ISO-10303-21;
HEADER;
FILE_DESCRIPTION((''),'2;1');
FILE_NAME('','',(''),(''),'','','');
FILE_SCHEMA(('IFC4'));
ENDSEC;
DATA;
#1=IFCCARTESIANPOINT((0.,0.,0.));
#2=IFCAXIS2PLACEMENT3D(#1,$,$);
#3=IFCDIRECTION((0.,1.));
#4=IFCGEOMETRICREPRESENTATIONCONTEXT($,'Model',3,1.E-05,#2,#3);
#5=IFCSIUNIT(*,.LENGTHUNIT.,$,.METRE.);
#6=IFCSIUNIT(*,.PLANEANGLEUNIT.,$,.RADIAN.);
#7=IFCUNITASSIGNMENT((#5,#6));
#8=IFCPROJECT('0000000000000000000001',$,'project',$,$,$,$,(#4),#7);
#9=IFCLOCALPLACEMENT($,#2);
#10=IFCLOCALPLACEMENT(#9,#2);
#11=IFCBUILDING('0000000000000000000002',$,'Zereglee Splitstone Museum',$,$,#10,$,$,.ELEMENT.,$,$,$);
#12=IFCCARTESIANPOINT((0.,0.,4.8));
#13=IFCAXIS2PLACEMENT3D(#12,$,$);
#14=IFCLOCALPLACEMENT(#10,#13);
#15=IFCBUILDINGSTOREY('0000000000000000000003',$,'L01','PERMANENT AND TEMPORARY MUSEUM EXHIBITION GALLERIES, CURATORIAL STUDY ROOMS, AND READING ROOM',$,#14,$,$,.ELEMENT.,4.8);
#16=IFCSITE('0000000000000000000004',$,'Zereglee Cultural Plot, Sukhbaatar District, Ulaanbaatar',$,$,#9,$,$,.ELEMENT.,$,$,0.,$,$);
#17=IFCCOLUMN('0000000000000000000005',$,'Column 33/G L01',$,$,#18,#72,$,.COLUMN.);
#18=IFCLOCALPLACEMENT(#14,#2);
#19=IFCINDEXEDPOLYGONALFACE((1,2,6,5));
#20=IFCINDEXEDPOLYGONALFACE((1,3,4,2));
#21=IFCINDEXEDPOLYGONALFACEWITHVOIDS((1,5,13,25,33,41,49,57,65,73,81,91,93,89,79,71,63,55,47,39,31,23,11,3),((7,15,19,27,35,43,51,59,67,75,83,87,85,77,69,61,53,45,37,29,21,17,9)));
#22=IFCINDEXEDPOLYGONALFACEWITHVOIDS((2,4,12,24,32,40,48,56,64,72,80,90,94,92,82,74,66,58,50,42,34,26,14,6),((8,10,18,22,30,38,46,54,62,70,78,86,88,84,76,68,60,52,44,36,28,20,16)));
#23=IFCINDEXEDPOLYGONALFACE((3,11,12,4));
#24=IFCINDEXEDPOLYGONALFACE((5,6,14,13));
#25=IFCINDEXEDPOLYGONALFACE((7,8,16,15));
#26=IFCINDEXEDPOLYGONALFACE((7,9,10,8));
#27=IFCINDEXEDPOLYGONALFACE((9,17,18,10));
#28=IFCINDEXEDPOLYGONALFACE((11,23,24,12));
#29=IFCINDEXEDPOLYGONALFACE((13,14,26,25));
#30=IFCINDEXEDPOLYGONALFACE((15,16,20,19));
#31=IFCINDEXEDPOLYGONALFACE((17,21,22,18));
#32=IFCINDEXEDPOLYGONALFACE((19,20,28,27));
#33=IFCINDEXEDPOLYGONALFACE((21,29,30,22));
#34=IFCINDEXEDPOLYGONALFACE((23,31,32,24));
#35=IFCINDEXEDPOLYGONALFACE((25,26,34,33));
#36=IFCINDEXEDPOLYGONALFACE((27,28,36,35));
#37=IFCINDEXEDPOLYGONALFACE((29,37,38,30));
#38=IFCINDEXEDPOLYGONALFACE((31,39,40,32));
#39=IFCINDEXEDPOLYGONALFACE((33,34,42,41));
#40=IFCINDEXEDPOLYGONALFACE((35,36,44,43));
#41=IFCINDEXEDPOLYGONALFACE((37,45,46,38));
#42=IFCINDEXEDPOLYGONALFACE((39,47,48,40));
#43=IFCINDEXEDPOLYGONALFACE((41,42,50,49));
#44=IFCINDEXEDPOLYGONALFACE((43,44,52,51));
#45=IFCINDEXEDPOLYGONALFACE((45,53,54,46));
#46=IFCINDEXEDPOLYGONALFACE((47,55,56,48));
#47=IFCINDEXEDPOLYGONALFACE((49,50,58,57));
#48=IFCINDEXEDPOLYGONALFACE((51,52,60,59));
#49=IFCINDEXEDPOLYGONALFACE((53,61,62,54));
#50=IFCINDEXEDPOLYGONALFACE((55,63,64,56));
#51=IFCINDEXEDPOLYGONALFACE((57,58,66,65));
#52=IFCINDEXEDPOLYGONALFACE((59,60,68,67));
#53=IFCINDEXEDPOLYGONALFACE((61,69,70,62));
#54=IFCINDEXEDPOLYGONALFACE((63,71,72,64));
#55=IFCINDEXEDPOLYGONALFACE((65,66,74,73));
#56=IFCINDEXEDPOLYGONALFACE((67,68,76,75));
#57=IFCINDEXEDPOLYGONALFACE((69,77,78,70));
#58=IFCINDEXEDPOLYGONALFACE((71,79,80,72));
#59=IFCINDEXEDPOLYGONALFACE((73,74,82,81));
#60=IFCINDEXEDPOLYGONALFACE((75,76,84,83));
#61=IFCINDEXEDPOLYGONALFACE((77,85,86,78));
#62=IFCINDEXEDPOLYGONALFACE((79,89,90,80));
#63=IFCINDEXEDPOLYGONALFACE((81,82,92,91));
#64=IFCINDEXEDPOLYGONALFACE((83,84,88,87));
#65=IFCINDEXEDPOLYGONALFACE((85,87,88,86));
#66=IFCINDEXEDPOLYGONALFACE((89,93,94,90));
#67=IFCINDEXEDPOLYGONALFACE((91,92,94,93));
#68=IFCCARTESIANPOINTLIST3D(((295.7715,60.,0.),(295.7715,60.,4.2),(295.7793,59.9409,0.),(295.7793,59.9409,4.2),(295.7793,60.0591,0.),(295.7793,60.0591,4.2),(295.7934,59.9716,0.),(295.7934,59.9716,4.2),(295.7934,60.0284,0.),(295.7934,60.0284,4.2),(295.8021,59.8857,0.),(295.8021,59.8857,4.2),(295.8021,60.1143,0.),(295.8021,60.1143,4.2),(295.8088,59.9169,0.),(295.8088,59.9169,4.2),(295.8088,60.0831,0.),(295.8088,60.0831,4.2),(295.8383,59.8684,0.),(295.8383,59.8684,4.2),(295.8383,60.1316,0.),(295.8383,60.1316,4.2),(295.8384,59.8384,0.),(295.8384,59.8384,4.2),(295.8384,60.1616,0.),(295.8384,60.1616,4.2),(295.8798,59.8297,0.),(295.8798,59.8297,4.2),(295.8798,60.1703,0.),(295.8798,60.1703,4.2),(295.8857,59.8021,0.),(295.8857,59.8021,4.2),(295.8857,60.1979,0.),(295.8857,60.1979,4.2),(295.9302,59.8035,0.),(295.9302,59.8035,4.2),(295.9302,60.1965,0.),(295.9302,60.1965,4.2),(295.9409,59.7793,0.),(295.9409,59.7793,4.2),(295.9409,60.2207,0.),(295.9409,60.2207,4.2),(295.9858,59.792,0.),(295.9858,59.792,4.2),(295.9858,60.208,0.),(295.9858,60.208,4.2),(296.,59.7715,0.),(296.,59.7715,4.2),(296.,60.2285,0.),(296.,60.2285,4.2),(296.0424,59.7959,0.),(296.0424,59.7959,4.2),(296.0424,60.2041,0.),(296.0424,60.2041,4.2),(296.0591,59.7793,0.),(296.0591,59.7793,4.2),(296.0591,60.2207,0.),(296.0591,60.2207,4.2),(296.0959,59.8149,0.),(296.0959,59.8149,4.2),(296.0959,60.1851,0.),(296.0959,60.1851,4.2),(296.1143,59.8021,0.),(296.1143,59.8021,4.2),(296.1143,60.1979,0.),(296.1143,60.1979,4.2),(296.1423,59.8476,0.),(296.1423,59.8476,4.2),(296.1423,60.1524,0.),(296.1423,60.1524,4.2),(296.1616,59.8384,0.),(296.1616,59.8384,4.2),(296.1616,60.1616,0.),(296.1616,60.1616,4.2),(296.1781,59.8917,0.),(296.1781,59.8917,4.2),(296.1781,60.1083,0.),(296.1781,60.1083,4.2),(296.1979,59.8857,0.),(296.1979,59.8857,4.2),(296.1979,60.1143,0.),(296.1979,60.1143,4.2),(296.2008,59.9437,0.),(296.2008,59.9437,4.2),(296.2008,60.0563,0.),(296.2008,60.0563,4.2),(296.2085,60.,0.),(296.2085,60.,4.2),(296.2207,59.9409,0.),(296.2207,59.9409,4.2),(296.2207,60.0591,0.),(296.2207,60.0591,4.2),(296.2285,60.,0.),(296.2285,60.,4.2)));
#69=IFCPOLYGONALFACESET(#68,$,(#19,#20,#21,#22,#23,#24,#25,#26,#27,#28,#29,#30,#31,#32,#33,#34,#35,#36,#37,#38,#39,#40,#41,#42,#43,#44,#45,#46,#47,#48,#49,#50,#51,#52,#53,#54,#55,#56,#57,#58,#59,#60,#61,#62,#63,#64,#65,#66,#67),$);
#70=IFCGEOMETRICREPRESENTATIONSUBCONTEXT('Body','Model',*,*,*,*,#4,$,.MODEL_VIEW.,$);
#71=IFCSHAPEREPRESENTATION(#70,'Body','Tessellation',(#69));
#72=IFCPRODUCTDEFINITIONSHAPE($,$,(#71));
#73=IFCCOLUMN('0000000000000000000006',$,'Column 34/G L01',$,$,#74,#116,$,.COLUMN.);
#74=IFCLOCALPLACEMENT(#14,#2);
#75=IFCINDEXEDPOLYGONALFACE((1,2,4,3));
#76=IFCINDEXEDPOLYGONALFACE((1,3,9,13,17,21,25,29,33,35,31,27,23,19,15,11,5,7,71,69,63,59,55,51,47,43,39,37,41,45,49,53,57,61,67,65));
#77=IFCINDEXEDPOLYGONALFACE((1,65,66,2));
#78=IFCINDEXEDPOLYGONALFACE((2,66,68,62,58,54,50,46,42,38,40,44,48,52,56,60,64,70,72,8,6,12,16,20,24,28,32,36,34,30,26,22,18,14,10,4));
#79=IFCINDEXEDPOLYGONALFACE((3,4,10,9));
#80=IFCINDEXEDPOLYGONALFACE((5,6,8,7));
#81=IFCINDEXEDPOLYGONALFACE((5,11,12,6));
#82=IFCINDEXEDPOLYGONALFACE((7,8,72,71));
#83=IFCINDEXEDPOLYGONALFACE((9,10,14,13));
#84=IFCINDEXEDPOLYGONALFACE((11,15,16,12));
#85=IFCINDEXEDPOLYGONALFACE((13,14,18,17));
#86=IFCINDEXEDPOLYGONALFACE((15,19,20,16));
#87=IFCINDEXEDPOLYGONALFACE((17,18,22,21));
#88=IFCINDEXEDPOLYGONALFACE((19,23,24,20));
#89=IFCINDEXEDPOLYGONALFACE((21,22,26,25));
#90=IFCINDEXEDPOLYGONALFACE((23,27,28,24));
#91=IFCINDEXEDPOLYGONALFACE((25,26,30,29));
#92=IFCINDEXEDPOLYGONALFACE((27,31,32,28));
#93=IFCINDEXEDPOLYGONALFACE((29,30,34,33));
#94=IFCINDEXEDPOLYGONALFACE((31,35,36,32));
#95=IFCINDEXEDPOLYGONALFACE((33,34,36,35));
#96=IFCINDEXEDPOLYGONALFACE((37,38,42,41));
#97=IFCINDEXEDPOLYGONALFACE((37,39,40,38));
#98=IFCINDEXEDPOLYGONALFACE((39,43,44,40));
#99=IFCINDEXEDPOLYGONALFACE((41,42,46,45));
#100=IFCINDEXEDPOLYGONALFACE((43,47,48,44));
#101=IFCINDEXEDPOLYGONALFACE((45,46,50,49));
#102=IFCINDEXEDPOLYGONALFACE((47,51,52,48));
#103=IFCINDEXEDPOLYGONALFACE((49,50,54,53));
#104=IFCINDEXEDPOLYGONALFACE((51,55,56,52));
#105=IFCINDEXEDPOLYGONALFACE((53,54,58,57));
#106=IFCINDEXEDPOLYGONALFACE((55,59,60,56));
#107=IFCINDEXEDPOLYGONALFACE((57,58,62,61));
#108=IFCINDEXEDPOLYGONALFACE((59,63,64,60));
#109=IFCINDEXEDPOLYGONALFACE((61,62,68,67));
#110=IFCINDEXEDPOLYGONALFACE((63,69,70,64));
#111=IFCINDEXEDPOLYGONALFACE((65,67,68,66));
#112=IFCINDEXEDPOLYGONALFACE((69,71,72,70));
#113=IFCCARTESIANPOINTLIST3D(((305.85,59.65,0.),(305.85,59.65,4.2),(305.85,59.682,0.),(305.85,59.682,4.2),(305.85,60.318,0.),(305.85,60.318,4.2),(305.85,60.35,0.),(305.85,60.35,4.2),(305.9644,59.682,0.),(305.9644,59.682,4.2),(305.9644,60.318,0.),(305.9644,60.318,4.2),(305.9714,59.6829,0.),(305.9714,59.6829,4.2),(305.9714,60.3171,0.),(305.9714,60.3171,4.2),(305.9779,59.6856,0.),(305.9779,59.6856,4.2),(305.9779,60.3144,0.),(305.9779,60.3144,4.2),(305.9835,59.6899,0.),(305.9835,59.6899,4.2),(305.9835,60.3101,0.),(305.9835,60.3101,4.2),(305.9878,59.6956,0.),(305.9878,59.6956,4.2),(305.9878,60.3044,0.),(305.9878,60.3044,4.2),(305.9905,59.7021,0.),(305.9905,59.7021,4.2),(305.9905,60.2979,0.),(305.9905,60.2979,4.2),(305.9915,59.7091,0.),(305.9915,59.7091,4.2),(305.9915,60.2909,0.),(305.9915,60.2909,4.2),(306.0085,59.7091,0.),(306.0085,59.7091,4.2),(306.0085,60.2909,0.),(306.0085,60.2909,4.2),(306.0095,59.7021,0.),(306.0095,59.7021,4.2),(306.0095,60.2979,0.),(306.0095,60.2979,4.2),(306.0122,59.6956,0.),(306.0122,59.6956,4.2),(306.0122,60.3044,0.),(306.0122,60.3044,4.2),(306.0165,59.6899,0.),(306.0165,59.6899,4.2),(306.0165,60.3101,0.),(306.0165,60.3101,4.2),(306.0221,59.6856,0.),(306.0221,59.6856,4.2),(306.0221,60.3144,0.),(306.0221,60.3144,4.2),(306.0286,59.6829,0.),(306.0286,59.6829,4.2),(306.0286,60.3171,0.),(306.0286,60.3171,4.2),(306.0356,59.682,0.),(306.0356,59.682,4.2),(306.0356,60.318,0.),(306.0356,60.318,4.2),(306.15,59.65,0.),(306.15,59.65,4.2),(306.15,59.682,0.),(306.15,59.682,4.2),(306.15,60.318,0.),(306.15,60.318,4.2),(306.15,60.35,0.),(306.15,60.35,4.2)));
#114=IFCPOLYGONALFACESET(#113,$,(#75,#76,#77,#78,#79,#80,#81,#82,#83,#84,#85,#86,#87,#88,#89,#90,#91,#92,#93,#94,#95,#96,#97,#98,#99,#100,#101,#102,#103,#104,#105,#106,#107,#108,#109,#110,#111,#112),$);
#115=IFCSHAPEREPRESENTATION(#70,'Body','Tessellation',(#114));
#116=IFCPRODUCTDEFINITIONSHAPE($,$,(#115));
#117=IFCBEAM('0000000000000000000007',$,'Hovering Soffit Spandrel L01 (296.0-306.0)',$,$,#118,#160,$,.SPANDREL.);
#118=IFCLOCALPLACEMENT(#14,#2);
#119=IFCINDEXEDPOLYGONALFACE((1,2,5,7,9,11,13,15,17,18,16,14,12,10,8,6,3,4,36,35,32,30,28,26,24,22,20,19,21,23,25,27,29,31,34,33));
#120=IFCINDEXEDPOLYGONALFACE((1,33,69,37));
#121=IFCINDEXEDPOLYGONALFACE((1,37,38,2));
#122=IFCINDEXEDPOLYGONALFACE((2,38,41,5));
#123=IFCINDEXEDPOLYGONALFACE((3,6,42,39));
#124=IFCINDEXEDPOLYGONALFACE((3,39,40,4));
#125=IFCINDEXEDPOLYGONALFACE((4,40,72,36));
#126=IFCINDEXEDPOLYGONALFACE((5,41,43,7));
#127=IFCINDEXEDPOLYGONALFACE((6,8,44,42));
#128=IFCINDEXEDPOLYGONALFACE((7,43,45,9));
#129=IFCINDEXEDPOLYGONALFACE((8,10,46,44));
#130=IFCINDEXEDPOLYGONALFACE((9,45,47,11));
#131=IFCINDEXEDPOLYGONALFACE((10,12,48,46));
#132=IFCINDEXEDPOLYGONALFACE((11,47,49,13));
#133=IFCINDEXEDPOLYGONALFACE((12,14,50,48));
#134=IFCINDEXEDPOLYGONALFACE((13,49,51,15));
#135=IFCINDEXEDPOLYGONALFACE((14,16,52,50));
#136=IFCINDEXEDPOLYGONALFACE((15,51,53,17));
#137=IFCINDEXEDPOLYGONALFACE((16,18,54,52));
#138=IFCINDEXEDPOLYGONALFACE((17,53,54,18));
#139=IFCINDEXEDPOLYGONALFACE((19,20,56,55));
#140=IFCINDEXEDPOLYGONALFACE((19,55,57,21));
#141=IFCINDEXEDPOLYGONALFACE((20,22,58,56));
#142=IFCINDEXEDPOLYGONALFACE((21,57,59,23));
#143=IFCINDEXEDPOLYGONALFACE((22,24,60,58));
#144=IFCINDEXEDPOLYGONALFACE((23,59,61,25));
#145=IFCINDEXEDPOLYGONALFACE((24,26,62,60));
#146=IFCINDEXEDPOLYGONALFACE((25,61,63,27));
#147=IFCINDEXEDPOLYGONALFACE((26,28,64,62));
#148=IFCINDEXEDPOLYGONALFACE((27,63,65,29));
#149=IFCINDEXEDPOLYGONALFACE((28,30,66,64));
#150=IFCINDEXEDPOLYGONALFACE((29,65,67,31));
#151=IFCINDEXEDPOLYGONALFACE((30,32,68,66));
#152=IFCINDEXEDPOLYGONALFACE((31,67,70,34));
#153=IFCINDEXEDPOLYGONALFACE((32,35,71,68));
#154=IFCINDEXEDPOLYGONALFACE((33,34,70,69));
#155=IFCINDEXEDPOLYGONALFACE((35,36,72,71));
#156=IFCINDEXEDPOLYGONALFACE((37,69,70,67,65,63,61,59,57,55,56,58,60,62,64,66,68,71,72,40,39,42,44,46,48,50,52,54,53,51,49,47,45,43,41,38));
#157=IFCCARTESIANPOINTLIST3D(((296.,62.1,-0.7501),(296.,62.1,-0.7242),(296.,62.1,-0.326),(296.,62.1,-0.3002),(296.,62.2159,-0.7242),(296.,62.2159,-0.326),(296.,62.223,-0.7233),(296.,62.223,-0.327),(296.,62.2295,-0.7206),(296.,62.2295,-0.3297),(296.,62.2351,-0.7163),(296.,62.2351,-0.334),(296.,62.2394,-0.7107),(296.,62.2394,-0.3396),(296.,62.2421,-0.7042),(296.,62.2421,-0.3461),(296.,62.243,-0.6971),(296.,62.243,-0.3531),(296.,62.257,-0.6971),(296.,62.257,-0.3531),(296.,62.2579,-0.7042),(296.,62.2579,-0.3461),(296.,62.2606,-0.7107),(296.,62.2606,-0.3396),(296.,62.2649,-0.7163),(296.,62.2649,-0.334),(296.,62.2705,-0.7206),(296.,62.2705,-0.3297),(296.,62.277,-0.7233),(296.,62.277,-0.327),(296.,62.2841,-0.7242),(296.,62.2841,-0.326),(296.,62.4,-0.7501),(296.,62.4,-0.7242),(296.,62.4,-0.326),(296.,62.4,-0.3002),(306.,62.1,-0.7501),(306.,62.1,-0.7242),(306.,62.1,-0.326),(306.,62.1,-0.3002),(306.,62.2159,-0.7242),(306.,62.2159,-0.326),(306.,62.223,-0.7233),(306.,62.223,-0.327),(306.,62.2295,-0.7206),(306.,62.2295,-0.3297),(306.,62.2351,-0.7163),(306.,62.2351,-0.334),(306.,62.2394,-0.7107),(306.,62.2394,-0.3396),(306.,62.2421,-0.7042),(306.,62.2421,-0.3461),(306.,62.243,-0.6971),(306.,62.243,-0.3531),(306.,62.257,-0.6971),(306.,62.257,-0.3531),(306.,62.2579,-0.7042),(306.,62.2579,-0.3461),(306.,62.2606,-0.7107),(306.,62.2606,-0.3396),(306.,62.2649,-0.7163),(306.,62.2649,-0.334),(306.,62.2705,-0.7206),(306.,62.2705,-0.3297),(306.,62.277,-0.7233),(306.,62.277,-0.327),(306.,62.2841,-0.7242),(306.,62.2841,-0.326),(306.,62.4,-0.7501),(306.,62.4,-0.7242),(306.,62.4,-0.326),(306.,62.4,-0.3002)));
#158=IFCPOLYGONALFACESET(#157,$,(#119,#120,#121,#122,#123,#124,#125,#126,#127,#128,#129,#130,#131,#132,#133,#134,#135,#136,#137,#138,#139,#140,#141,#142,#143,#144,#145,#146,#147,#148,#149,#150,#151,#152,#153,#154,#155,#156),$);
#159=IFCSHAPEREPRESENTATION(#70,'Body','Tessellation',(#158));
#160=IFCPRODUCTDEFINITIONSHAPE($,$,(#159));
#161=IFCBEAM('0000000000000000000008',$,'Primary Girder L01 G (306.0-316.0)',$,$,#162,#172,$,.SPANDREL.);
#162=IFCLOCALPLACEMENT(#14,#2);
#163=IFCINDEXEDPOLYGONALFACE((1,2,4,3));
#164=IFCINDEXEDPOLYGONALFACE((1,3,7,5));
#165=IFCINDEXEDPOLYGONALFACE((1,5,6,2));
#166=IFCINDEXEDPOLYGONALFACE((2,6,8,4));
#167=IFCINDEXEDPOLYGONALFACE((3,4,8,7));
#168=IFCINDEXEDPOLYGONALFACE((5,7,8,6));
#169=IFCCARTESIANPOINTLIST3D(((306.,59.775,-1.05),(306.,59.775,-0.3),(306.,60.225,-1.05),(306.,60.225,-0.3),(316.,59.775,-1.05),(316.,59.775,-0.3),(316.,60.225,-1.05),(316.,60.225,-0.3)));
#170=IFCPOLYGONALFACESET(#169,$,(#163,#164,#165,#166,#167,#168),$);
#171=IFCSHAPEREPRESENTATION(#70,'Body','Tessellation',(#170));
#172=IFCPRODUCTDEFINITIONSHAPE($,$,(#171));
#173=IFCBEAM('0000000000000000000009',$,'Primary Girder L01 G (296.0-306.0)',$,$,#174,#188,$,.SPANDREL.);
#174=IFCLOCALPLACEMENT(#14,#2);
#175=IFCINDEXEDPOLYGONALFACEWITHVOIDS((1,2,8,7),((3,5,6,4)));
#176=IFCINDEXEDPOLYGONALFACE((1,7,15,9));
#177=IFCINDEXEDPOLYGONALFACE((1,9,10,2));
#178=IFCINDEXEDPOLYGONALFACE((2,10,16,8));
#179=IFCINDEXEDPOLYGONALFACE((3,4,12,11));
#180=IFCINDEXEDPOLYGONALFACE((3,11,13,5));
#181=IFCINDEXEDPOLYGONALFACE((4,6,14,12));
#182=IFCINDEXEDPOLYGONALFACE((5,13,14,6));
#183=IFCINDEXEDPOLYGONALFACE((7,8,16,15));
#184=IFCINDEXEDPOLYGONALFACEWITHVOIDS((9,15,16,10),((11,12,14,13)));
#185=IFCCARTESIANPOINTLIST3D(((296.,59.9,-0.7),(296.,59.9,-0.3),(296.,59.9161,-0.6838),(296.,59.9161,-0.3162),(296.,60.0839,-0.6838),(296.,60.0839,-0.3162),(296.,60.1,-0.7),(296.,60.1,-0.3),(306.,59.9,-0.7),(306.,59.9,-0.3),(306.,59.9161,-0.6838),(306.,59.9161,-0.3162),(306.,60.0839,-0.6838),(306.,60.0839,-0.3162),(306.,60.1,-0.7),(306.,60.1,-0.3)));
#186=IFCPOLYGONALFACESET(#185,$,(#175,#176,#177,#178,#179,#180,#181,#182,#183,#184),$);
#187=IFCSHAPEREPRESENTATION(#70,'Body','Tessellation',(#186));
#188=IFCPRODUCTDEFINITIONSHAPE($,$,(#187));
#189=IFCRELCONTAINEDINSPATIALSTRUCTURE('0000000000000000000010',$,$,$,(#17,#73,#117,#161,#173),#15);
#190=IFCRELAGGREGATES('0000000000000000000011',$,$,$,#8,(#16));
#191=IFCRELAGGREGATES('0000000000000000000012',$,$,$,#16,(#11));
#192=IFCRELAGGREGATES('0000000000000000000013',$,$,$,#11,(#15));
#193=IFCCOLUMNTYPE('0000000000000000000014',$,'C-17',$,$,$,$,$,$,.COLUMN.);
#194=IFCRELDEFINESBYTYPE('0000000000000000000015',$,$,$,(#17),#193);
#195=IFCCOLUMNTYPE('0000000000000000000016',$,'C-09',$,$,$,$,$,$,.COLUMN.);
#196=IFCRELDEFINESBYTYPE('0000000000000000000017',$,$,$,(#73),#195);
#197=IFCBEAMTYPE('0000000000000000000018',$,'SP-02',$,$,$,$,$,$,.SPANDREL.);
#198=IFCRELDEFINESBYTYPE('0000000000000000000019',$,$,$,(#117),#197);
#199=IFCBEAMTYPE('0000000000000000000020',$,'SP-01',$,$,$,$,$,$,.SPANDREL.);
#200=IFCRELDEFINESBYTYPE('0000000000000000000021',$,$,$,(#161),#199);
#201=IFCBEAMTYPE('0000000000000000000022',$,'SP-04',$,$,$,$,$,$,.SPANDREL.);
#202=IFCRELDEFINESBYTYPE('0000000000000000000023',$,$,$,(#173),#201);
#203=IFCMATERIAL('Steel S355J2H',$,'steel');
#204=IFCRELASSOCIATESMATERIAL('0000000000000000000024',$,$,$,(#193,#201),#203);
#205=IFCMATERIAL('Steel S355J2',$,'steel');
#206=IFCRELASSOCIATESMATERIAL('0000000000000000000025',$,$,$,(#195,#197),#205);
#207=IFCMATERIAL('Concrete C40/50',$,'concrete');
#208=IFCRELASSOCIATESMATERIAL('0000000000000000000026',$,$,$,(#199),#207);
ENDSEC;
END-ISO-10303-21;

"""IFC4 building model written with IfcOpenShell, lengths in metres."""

from ifc_helpers import new_model, si_unit, direction, frame, origin, origin_2d, place, context, subcontext, project, spatial, rectangle, hollow_rectangle, hollow_circle, i_section, extrude, material, material_profile, profile_set, type_object, element, save


model = new_model("IFC4")

# Units and contexts
model_context = context("Model", 3, precision=1e-05, world=origin(), true_north=direction((0.0, 1.0)))
body_context = subcontext(model_context, "Body", "Model", "MODEL_VIEW")
ifc_project = project(units=[si_unit("LENGTHUNIT", "METRE"), si_unit("PLANEANGLEUNIT", "RADIAN")], contexts=[model_context])

# Site, building, storey
site_placement = place(None, origin())
site = spatial("IfcSite", under=ifc_project, at=site_placement, Name="Zereglee Cultural Plot, Sukhbaatar District, Ulaanbaatar", CompositionType="ELEMENT", RefElevation=0.0)
building_placement = place(site_placement, origin())
building = spatial("IfcBuilding", under=site, at=building_placement, Name="Zereglee Splitstone Museum", CompositionType="ELEMENT")
storey_placement = place(building_placement, frame((0.0, 0.0, 4.8)))
storey = spatial("IfcBuildingStorey", under=building, at=storey_placement, Name="L01", Description="PERMANENT AND TEMPORARY MUSEUM EXHIBITION GALLERIES, CURATORIAL STUDY ROOMS, AND READING ROOM", CompositionType="ELEMENT", Elevation=4.8)

# Columns
ifc_material_1 = material(Name="Steel S355J2H", Category="steel")
ifc_material_profile_1 = material_profile(ifc_material_1, hollow_circle(Radius=0.2285, WallThickness=0.02, at=origin_2d()), Name="CHS 457.0x20")
ifc_profile_set_1 = profile_set([ifc_material_profile_1], Name="Steel S355J2H")
column_type_1 = type_object("IfcColumnType", Name="C-17", PredefinedType="COLUMN", material=ifc_profile_set_1)
column_1_placement = place(storey_placement, frame((296.0, 60.0, 0.0), z_axis=(0.0, 0.0, 1.0), x_axis=(1.0, 0.0, 0.0)))
element("IfcColumn", 1, at=column_1_placement, inside=storey, type_object=column_type_1, Name="Column 33/G L01", PredefinedType="COLUMN", context=body_context, shape_type="SweptSolid", body=[
    extrude(hollow_circle(Radius=0.2285, WallThickness=0.02, at=origin_2d()), origin(), (0.0, 0.0, 1.0), 4.2),
])
ifc_material_2 = material(Name="Steel S355J2", Category="steel")
ifc_material_profile_2 = material_profile(ifc_material_2, i_section(OverallWidth=0.3, OverallDepth=0.7, WebThickness=0.0171, FlangeThickness=0.032, FilletRadius=0.0271, at=origin_2d()), Name="HE 700 B")
ifc_profile_set_2 = profile_set([ifc_material_profile_2], Name="Steel S355J2")
column_type_2 = type_object("IfcColumnType", Name="C-09", PredefinedType="COLUMN", material=ifc_profile_set_2)
column_2_placement = place(storey_placement, frame((306.0, 60.0, 0.0), z_axis=(0.0, 0.0, 1.0), x_axis=(1.0, 0.0, 0.0)))
element("IfcColumn", 2, at=column_2_placement, inside=storey, type_object=column_type_2, Name="Column 34/G L01", PredefinedType="COLUMN", context=body_context, shape_type="SweptSolid", body=[
    extrude(i_section(OverallWidth=0.3, OverallDepth=0.7, WebThickness=0.0171, FlangeThickness=0.032, FilletRadius=0.0271, at=origin_2d()), origin(), (0.0, 0.0, 1.0), 4.2),
])

# Beams
ifc_material_profile_3 = material_profile(ifc_material_2, i_section(OverallWidth=0.3, OverallDepth=0.45, WebThickness=0.0139, FlangeThickness=0.0259, FilletRadius=0.0271, at=origin_2d()), Name="HE 450 B")
ifc_profile_set_3 = profile_set([ifc_material_profile_3], Name="Steel S355J2")
beam_type_1 = type_object("IfcBeamType", Name="SP-02", PredefinedType="SPANDREL", material=ifc_profile_set_3)
beam_1_placement = place(storey_placement, frame((296.0, 62.25, -0.5251), z_axis=(1.0, 0.0, 0.0), x_axis=(0.0, 1.0, 0.0)))
element("IfcBeam", 3, at=beam_1_placement, inside=storey, type_object=beam_type_1, Name="Hovering Soffit Spandrel L01 (296.0-306.0)", PredefinedType="SPANDREL", context=body_context, shape_type="SweptSolid", body=[
    extrude(i_section(OverallWidth=0.3, OverallDepth=0.45, WebThickness=0.0139, FlangeThickness=0.0259, FilletRadius=0.0271, at=origin_2d()), origin(), (0.0, 0.0, 1.0), 10.0),
])
ifc_material_3 = material(Name="Concrete C40/50", Category="concrete")
ifc_material_profile_4 = material_profile(ifc_material_3, rectangle(XDim=0.45, YDim=0.75, at=origin_2d()), Name="RC 450x750")
ifc_profile_set_4 = profile_set([ifc_material_profile_4], Name="Concrete C40/50")
beam_type_2 = type_object("IfcBeamType", Name="SP-01", PredefinedType="SPANDREL", material=ifc_profile_set_4)
beam_2_placement = place(storey_placement, frame((306.0, 60.0, -0.675), z_axis=(1.0, 0.0, 0.0), x_axis=(0.0, 1.0, 0.0)))
element("IfcBeam", 4, at=beam_2_placement, inside=storey, type_object=beam_type_2, Name="Primary Girder L01 G (306.0-316.0)", PredefinedType="SPANDREL", context=body_context, shape_type="SweptSolid", body=[
    extrude(rectangle(XDim=0.45, YDim=0.75, at=origin_2d()), origin(), (0.0, 0.0, 1.0), 10.0),
])
ifc_material_profile_5 = material_profile(ifc_material_1, hollow_rectangle(XDim=0.2, YDim=0.3999, WallThickness=0.0161, at=origin_2d()), Name="RHS 400x200x16")
ifc_profile_set_5 = profile_set([ifc_material_profile_5], Name="Steel S355J2H")
beam_type_3 = type_object("IfcBeamType", Name="SP-04", PredefinedType="SPANDREL", material=ifc_profile_set_5)
beam_3_placement = place(storey_placement, frame((296.0, 60.0, -0.5), z_axis=(1.0, 0.0, 0.0), x_axis=(0.0, 1.0, 0.0)))
element("IfcBeam", 5, at=beam_3_placement, inside=storey, type_object=beam_type_3, Name="Primary Girder L01 G (296.0-306.0)", PredefinedType="SPANDREL", context=body_context, shape_type="SweptSolid", body=[
    extrude(hollow_rectangle(XDim=0.2, YDim=0.3999, WallThickness=0.0161, at=origin_2d()), origin(), (0.0, 0.0, 1.0), 10.0),
])

save(model, "model.ifc")
